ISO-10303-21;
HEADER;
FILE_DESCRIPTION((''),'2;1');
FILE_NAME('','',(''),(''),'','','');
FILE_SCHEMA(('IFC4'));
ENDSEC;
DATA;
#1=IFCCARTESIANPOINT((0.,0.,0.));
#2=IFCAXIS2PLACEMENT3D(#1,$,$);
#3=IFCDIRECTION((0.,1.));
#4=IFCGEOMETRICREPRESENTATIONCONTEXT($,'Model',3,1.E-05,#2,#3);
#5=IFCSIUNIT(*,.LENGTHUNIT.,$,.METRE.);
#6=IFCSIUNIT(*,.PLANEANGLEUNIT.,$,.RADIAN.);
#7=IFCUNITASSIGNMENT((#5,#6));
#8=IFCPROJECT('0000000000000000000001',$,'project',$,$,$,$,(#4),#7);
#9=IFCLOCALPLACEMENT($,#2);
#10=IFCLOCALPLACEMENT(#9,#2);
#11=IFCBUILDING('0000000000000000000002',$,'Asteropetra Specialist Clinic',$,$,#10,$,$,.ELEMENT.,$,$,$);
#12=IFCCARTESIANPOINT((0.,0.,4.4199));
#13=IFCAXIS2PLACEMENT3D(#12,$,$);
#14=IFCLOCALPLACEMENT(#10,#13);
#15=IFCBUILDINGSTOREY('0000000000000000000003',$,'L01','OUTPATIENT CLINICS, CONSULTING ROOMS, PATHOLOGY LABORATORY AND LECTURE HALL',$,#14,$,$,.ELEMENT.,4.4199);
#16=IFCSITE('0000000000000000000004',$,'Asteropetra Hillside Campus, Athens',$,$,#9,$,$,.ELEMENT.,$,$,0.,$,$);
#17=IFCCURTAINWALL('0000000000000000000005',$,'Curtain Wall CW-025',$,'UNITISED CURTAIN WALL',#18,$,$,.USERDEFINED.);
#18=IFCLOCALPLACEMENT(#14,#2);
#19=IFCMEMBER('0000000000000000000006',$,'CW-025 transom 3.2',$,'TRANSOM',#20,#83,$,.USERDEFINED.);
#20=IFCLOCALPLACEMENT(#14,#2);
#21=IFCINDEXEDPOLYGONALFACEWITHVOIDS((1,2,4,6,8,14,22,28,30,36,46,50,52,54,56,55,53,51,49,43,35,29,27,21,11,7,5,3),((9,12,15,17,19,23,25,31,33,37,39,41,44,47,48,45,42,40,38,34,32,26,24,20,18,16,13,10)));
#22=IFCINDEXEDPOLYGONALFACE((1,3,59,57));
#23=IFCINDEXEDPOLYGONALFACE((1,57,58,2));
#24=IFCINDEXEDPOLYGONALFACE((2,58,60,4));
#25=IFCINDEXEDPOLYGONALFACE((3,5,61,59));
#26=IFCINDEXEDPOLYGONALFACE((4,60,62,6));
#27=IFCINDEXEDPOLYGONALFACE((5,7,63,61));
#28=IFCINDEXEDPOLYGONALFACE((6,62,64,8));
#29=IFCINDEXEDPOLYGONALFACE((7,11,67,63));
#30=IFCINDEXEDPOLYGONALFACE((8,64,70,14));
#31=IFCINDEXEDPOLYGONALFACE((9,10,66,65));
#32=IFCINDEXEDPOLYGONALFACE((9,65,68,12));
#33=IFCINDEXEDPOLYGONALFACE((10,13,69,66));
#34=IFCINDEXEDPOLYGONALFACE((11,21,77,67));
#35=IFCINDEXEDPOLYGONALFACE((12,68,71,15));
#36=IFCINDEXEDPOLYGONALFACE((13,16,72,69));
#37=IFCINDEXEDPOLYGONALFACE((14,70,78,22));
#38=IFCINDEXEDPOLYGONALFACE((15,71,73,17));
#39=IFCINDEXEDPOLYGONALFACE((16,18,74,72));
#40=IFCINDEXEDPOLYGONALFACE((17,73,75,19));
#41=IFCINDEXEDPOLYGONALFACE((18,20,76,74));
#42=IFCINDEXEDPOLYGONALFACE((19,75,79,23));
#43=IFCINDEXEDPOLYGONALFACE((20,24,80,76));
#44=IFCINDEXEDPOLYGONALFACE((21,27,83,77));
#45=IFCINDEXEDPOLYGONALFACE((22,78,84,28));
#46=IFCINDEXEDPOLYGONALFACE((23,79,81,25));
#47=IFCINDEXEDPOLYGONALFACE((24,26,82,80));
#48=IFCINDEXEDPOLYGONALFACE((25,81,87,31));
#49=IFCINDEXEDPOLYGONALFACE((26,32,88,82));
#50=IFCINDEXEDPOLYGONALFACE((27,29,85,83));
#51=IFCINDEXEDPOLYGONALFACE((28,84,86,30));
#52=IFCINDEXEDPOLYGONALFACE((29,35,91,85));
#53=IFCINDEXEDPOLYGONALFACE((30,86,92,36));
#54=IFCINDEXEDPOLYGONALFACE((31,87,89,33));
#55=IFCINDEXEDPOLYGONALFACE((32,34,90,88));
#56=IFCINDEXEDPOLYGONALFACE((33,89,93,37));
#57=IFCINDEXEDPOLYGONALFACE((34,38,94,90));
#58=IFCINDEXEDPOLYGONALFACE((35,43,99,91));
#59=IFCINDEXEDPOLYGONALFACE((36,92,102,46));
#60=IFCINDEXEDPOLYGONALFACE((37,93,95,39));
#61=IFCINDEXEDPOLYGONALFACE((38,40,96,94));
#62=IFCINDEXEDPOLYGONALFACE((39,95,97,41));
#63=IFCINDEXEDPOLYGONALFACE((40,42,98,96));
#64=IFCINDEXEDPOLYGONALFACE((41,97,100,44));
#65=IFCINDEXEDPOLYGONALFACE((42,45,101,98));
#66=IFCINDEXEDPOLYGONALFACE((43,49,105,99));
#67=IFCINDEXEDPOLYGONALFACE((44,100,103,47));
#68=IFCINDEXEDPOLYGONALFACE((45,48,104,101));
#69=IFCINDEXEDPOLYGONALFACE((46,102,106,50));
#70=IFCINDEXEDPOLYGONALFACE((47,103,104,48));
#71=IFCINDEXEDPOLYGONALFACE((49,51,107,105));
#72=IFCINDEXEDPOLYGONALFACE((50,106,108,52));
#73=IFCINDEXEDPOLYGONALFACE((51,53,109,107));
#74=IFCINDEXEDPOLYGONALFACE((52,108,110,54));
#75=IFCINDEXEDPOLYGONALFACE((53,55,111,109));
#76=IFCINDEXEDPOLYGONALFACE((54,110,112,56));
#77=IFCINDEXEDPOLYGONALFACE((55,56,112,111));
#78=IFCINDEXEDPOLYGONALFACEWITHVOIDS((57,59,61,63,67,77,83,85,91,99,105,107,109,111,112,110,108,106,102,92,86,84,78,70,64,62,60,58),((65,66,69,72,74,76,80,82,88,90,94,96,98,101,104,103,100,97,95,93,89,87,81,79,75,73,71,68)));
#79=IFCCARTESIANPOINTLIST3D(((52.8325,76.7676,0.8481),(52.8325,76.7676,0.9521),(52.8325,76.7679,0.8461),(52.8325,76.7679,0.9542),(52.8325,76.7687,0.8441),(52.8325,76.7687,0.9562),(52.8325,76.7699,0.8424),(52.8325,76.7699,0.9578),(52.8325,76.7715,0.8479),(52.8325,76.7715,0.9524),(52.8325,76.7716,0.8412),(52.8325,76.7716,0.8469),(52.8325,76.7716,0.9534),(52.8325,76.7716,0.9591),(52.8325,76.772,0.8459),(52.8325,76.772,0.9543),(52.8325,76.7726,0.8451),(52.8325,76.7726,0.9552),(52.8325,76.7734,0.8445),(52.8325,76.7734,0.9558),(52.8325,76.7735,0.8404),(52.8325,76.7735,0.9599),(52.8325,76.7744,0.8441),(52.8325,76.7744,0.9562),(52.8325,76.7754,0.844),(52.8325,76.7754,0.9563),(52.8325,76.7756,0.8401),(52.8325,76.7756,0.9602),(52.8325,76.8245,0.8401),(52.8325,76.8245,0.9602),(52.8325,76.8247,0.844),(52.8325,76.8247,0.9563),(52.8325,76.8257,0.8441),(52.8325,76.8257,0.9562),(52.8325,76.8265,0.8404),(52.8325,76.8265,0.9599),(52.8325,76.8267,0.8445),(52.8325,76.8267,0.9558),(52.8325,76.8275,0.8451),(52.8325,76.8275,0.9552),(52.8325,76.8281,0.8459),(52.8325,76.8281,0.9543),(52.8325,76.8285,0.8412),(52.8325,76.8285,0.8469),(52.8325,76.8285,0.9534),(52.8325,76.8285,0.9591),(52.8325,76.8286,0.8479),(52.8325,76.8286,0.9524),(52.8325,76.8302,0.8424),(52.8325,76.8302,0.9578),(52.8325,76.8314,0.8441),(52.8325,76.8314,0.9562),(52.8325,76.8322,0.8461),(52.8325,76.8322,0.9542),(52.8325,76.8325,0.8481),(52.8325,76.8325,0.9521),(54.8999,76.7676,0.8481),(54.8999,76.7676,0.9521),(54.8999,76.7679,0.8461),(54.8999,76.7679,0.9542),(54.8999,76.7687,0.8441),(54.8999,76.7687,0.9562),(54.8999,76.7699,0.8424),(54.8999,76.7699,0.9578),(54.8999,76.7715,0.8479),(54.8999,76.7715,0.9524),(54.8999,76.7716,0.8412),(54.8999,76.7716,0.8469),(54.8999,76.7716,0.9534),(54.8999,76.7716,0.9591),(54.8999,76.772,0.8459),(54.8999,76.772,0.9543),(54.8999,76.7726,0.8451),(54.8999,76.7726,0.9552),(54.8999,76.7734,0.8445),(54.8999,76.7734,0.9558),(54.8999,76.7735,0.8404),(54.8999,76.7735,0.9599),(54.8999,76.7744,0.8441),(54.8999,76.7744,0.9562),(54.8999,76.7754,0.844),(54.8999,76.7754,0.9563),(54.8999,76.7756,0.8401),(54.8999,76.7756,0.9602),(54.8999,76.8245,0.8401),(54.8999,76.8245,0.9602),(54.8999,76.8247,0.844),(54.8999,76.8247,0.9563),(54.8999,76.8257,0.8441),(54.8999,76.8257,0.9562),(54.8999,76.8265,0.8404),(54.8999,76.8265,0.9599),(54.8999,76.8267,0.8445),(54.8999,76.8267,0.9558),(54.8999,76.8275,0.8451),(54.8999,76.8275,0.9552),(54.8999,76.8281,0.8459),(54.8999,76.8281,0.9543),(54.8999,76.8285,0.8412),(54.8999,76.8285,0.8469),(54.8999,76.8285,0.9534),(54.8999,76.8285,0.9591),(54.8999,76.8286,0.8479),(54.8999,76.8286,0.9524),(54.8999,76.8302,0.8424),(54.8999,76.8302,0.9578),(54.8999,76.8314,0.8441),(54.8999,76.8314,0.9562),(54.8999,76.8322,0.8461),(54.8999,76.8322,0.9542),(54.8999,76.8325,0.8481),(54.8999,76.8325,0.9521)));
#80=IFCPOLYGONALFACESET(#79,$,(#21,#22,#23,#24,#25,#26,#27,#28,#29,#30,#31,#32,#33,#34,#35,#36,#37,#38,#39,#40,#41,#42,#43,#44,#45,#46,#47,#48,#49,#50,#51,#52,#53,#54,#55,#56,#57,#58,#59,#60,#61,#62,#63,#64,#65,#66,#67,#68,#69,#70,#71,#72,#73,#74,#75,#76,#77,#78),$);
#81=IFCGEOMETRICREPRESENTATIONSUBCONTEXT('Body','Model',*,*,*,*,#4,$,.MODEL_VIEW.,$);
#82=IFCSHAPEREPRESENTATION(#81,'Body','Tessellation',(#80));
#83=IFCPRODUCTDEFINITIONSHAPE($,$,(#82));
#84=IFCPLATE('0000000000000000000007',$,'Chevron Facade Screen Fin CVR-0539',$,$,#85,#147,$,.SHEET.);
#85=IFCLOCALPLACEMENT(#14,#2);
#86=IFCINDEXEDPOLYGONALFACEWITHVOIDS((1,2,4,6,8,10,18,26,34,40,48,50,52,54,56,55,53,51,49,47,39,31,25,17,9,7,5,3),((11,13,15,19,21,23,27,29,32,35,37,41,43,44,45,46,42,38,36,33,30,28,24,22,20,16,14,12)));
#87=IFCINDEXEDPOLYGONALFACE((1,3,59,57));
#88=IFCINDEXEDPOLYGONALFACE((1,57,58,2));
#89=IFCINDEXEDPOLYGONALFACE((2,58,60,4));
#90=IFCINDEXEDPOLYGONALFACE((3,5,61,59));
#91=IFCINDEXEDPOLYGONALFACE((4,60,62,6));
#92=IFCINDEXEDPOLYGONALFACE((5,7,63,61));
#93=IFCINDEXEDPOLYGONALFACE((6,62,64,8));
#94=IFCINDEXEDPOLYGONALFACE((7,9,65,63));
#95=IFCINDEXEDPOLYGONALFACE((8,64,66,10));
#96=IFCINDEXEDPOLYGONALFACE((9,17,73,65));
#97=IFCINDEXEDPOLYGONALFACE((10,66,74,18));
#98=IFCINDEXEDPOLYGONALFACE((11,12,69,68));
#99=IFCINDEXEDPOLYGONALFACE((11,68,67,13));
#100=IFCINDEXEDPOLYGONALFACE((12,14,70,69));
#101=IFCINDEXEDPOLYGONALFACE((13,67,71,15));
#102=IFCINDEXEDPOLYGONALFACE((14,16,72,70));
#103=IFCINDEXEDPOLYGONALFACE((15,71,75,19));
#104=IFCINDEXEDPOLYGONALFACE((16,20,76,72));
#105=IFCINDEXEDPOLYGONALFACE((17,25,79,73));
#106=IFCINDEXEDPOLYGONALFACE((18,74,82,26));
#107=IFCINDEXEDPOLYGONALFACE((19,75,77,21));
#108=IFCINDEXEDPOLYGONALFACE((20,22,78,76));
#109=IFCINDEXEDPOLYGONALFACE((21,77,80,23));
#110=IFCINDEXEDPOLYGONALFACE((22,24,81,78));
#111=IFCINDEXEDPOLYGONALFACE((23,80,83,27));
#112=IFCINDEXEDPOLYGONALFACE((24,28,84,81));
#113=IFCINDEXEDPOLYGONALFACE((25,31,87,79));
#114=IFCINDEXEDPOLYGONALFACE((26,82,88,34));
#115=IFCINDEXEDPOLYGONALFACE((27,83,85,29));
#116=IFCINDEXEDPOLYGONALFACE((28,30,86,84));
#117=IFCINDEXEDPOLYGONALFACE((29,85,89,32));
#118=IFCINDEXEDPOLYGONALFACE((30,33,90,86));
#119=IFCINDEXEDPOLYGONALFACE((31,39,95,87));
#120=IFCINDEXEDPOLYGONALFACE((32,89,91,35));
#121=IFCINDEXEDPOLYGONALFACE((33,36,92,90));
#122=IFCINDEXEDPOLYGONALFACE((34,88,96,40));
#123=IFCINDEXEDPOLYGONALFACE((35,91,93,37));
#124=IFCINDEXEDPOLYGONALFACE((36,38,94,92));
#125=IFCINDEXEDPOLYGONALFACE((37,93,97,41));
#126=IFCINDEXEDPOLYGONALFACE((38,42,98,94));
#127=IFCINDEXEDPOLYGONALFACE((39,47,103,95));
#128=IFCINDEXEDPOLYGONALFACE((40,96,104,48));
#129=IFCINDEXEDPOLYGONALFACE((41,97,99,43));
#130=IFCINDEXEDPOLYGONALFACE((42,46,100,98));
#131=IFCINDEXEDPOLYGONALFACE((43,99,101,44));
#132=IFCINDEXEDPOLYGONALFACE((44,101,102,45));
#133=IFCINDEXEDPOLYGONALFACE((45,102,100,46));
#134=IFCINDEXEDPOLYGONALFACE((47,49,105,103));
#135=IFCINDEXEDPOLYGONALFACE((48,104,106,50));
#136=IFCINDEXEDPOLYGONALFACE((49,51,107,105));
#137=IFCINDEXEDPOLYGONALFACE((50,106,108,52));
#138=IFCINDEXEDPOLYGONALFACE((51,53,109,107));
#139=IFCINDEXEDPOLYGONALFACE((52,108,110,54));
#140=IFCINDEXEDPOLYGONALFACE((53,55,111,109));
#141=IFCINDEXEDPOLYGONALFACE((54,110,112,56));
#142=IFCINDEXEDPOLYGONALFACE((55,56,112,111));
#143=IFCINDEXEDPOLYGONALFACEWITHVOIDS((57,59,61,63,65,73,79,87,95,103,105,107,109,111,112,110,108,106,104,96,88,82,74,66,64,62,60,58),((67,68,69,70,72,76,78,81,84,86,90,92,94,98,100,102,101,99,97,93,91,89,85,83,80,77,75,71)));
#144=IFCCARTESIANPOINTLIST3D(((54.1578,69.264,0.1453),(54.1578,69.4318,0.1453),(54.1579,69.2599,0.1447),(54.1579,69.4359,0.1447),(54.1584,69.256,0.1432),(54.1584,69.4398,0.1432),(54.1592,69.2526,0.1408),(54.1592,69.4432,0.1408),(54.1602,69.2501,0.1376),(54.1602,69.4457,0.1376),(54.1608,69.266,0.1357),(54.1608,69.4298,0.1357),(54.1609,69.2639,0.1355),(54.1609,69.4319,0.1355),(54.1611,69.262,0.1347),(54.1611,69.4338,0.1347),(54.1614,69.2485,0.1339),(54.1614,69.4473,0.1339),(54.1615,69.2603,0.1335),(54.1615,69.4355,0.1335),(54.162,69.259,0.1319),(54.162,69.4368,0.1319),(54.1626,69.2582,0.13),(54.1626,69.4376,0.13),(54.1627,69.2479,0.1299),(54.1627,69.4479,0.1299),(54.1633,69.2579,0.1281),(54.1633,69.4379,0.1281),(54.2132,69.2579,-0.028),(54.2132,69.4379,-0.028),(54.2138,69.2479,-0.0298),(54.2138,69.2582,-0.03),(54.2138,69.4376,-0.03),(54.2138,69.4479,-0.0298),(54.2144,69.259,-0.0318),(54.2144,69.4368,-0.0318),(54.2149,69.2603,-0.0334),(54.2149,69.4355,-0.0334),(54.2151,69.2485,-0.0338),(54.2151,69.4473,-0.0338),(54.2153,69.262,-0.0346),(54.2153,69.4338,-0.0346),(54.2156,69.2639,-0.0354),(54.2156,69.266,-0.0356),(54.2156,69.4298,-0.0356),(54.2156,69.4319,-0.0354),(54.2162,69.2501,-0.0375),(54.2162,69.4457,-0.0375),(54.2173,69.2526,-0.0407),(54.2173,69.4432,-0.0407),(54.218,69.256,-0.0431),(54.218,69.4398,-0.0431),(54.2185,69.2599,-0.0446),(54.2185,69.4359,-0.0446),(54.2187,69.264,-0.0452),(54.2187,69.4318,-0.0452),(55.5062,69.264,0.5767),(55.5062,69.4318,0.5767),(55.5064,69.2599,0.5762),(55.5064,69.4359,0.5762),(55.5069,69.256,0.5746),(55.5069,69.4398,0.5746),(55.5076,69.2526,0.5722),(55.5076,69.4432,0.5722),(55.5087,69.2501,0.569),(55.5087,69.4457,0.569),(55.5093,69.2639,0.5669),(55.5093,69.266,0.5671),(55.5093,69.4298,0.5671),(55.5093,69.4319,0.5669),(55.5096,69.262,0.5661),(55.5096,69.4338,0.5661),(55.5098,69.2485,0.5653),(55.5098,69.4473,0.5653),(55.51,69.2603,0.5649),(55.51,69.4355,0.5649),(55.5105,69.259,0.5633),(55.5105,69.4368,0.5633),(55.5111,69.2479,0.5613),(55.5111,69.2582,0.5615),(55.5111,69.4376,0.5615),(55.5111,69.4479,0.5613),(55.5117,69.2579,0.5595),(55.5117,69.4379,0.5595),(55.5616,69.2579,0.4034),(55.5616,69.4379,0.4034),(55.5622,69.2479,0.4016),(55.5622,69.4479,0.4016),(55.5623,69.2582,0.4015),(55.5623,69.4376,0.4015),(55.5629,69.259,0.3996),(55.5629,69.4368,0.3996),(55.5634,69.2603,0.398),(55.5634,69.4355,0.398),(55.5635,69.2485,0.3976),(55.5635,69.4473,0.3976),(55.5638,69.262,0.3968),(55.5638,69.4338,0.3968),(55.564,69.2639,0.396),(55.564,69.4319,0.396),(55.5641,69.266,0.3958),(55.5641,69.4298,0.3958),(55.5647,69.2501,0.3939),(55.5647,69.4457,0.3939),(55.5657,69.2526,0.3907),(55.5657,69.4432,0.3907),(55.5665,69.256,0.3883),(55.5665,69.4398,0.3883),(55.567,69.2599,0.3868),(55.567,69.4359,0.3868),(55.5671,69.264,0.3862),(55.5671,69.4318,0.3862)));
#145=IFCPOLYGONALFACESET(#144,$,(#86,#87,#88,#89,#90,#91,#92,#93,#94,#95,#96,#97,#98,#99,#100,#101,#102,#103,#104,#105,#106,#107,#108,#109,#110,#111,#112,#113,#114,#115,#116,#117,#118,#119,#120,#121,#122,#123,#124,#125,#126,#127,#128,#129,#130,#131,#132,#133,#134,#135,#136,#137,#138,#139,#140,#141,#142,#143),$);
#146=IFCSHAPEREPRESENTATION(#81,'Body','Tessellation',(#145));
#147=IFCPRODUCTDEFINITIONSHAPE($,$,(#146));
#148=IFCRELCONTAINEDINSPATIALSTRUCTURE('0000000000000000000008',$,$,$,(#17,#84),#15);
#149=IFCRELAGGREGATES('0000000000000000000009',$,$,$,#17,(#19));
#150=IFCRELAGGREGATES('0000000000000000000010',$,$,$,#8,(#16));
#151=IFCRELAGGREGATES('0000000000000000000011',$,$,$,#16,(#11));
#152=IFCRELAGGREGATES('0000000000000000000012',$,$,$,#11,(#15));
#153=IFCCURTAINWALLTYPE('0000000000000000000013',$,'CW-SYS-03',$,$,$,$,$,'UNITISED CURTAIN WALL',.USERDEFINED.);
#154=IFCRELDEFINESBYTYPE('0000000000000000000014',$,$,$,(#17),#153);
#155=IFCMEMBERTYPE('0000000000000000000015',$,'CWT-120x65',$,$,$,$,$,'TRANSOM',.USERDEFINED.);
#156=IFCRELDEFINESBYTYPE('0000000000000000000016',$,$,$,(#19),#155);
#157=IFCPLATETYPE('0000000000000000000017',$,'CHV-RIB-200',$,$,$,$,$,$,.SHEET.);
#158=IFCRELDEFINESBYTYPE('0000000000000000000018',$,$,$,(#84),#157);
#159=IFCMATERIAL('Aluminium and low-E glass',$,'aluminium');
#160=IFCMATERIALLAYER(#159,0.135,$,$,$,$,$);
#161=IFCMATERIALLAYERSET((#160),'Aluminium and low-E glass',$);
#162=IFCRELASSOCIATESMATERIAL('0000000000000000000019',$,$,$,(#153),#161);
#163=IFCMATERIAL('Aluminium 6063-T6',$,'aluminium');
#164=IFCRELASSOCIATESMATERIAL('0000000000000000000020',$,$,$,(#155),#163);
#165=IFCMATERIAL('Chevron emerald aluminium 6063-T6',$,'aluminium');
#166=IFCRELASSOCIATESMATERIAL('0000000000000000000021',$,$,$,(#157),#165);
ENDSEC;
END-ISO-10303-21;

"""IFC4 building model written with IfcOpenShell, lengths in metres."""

from ifc_helpers import new_model, si_unit, direction, frame, origin, origin_2d, place, context, subcontext, project, spatial, hollow_rectangle, extrude, material, layer, layer_set, material_profile, profile_set, type_object, element, aggregate, save


model = new_model("IFC4")

# Units and contexts
model_context = context("Model", 3, precision=1e-05, world=origin(), true_north=direction((0.0, 1.0)))
body_context = subcontext(model_context, "Body", "Model", "MODEL_VIEW")
ifc_project = project(units=[si_unit("LENGTHUNIT", "METRE"), si_unit("PLANEANGLEUNIT", "RADIAN")], contexts=[model_context])

# Site, building, storey
site_placement = place(None, origin())
site = spatial("IfcSite", under=ifc_project, at=site_placement, Name="Asteropetra Hillside Campus, Athens", CompositionType="ELEMENT", RefElevation=0.0)
building_placement = place(site_placement, origin())
building = spatial("IfcBuilding", under=site, at=building_placement, Name="Asteropetra Specialist Clinic", CompositionType="ELEMENT")
storey_placement = place(building_placement, frame((0.0, 0.0, 4.4199)))
storey = spatial("IfcBuildingStorey", under=building, at=storey_placement, Name="L01", Description="OUTPATIENT CLINICS, CONSULTING ROOMS, PATHOLOGY LABORATORY AND LECTURE HALL", CompositionType="ELEMENT", Elevation=4.4199)

# Curtain wall, member
ifc_material_1 = material(Name="Aluminium and low-E glass", Category="aluminium")
ifc_layer_1 = layer(ifc_material_1, 0.135)
ifc_layer_set_1 = layer_set([ifc_layer_1], Name="Aluminium and low-E glass")
curtain_wall_type = type_object("IfcCurtainWallType", Name="CW-SYS-03", ElementType="UNITISED CURTAIN WALL", PredefinedType="USERDEFINED", material=ifc_layer_set_1)
curtain_wall_placement = place(storey_placement, origin())
curtain_wall = element("IfcCurtainWall", 1, at=curtain_wall_placement, inside=storey, type_object=curtain_wall_type, Name="Curtain Wall CW-025", ObjectType="UNITISED CURTAIN WALL", PredefinedType="USERDEFINED")
ifc_material_2 = material(Name="Aluminium 6063-T6", Category="aluminium")
ifc_material_profile_1 = material_profile(ifc_material_2, hollow_rectangle(XDim=0.0649, YDim=0.1201, WallThickness=0.0039, InnerFilletRadius=0.0039, OuterFilletRadius=0.0081, at=origin_2d()), Name="TRN 120x65x4.0")
ifc_profile_set_1 = profile_set([ifc_material_profile_1], Name="Aluminium 6063-T6")
member_type_1 = type_object("IfcMemberType", Name="CWT-120x65", ElementType="TRANSOM", PredefinedType="USERDEFINED", material=ifc_profile_set_1)
member_1_placement = place(storey_placement, frame((52.8325, 76.8, 0.9001), z_axis=(1.0, 0.0, 0.0), x_axis=(0.0, 1.0, 0.0)))
member_1 = element("IfcMember", 2, at=member_1_placement, type_object=member_type_1, Name="CW-025 transom 3.2", ObjectType="TRANSOM", PredefinedType="USERDEFINED", context=body_context, shape_type="SweptSolid", body=[
    extrude(hollow_rectangle(XDim=0.0649, YDim=0.1201, WallThickness=0.0039, InnerFilletRadius=0.0039, OuterFilletRadius=0.0081, at=origin_2d()), origin(), (0.0, 0.0, 1.0), 2.0674),
])
aggregate(curtain_wall, [member_1])

# Plate
ifc_material_3 = material(Name="Chevron emerald aluminium 6063-T6", Category="aluminium")
ifc_material_profile_2 = material_profile(ifc_material_3, hollow_rectangle(XDim=0.2, YDim=0.2, WallThickness=0.01, InnerFilletRadius=0.0081, OuterFilletRadius=0.0161, at=origin_2d()), Name="SHS 200x200x10.0")
ifc_profile_set_2 = profile_set([ifc_material_profile_2], Name="Chevron emerald aluminium 6063-T6")
plate_type_1 = type_object("IfcPlateType", Name="CHV-RIB-200", PredefinedType="SHEET", material=ifc_profile_set_2)
for number, where, z_axis, x_axis, name in (
    (3, (54.1882, 69.3479, 0.05), (0.952442, 0.0, 0.304719), (0.0, 1.0, 0.0), "Chevron Facade Screen Fin CVR-0539"),
):
    element("IfcPlate", number, at=place(storey_placement, frame(where, z_axis=z_axis, x_axis=x_axis)), inside=storey, type_object=plate_type_1, Name=name, PredefinedType="SHEET", context=body_context, shape_type="SweptSolid", body=[
        extrude(hollow_rectangle(XDim=0.2, YDim=0.2, WallThickness=0.01, InnerFilletRadius=0.0081, OuterFilletRadius=0.0161, at=origin_2d()), origin(), (0.0, 0.0, 1.0), 1.4158),
    ])

save(model, "model.ifc")
